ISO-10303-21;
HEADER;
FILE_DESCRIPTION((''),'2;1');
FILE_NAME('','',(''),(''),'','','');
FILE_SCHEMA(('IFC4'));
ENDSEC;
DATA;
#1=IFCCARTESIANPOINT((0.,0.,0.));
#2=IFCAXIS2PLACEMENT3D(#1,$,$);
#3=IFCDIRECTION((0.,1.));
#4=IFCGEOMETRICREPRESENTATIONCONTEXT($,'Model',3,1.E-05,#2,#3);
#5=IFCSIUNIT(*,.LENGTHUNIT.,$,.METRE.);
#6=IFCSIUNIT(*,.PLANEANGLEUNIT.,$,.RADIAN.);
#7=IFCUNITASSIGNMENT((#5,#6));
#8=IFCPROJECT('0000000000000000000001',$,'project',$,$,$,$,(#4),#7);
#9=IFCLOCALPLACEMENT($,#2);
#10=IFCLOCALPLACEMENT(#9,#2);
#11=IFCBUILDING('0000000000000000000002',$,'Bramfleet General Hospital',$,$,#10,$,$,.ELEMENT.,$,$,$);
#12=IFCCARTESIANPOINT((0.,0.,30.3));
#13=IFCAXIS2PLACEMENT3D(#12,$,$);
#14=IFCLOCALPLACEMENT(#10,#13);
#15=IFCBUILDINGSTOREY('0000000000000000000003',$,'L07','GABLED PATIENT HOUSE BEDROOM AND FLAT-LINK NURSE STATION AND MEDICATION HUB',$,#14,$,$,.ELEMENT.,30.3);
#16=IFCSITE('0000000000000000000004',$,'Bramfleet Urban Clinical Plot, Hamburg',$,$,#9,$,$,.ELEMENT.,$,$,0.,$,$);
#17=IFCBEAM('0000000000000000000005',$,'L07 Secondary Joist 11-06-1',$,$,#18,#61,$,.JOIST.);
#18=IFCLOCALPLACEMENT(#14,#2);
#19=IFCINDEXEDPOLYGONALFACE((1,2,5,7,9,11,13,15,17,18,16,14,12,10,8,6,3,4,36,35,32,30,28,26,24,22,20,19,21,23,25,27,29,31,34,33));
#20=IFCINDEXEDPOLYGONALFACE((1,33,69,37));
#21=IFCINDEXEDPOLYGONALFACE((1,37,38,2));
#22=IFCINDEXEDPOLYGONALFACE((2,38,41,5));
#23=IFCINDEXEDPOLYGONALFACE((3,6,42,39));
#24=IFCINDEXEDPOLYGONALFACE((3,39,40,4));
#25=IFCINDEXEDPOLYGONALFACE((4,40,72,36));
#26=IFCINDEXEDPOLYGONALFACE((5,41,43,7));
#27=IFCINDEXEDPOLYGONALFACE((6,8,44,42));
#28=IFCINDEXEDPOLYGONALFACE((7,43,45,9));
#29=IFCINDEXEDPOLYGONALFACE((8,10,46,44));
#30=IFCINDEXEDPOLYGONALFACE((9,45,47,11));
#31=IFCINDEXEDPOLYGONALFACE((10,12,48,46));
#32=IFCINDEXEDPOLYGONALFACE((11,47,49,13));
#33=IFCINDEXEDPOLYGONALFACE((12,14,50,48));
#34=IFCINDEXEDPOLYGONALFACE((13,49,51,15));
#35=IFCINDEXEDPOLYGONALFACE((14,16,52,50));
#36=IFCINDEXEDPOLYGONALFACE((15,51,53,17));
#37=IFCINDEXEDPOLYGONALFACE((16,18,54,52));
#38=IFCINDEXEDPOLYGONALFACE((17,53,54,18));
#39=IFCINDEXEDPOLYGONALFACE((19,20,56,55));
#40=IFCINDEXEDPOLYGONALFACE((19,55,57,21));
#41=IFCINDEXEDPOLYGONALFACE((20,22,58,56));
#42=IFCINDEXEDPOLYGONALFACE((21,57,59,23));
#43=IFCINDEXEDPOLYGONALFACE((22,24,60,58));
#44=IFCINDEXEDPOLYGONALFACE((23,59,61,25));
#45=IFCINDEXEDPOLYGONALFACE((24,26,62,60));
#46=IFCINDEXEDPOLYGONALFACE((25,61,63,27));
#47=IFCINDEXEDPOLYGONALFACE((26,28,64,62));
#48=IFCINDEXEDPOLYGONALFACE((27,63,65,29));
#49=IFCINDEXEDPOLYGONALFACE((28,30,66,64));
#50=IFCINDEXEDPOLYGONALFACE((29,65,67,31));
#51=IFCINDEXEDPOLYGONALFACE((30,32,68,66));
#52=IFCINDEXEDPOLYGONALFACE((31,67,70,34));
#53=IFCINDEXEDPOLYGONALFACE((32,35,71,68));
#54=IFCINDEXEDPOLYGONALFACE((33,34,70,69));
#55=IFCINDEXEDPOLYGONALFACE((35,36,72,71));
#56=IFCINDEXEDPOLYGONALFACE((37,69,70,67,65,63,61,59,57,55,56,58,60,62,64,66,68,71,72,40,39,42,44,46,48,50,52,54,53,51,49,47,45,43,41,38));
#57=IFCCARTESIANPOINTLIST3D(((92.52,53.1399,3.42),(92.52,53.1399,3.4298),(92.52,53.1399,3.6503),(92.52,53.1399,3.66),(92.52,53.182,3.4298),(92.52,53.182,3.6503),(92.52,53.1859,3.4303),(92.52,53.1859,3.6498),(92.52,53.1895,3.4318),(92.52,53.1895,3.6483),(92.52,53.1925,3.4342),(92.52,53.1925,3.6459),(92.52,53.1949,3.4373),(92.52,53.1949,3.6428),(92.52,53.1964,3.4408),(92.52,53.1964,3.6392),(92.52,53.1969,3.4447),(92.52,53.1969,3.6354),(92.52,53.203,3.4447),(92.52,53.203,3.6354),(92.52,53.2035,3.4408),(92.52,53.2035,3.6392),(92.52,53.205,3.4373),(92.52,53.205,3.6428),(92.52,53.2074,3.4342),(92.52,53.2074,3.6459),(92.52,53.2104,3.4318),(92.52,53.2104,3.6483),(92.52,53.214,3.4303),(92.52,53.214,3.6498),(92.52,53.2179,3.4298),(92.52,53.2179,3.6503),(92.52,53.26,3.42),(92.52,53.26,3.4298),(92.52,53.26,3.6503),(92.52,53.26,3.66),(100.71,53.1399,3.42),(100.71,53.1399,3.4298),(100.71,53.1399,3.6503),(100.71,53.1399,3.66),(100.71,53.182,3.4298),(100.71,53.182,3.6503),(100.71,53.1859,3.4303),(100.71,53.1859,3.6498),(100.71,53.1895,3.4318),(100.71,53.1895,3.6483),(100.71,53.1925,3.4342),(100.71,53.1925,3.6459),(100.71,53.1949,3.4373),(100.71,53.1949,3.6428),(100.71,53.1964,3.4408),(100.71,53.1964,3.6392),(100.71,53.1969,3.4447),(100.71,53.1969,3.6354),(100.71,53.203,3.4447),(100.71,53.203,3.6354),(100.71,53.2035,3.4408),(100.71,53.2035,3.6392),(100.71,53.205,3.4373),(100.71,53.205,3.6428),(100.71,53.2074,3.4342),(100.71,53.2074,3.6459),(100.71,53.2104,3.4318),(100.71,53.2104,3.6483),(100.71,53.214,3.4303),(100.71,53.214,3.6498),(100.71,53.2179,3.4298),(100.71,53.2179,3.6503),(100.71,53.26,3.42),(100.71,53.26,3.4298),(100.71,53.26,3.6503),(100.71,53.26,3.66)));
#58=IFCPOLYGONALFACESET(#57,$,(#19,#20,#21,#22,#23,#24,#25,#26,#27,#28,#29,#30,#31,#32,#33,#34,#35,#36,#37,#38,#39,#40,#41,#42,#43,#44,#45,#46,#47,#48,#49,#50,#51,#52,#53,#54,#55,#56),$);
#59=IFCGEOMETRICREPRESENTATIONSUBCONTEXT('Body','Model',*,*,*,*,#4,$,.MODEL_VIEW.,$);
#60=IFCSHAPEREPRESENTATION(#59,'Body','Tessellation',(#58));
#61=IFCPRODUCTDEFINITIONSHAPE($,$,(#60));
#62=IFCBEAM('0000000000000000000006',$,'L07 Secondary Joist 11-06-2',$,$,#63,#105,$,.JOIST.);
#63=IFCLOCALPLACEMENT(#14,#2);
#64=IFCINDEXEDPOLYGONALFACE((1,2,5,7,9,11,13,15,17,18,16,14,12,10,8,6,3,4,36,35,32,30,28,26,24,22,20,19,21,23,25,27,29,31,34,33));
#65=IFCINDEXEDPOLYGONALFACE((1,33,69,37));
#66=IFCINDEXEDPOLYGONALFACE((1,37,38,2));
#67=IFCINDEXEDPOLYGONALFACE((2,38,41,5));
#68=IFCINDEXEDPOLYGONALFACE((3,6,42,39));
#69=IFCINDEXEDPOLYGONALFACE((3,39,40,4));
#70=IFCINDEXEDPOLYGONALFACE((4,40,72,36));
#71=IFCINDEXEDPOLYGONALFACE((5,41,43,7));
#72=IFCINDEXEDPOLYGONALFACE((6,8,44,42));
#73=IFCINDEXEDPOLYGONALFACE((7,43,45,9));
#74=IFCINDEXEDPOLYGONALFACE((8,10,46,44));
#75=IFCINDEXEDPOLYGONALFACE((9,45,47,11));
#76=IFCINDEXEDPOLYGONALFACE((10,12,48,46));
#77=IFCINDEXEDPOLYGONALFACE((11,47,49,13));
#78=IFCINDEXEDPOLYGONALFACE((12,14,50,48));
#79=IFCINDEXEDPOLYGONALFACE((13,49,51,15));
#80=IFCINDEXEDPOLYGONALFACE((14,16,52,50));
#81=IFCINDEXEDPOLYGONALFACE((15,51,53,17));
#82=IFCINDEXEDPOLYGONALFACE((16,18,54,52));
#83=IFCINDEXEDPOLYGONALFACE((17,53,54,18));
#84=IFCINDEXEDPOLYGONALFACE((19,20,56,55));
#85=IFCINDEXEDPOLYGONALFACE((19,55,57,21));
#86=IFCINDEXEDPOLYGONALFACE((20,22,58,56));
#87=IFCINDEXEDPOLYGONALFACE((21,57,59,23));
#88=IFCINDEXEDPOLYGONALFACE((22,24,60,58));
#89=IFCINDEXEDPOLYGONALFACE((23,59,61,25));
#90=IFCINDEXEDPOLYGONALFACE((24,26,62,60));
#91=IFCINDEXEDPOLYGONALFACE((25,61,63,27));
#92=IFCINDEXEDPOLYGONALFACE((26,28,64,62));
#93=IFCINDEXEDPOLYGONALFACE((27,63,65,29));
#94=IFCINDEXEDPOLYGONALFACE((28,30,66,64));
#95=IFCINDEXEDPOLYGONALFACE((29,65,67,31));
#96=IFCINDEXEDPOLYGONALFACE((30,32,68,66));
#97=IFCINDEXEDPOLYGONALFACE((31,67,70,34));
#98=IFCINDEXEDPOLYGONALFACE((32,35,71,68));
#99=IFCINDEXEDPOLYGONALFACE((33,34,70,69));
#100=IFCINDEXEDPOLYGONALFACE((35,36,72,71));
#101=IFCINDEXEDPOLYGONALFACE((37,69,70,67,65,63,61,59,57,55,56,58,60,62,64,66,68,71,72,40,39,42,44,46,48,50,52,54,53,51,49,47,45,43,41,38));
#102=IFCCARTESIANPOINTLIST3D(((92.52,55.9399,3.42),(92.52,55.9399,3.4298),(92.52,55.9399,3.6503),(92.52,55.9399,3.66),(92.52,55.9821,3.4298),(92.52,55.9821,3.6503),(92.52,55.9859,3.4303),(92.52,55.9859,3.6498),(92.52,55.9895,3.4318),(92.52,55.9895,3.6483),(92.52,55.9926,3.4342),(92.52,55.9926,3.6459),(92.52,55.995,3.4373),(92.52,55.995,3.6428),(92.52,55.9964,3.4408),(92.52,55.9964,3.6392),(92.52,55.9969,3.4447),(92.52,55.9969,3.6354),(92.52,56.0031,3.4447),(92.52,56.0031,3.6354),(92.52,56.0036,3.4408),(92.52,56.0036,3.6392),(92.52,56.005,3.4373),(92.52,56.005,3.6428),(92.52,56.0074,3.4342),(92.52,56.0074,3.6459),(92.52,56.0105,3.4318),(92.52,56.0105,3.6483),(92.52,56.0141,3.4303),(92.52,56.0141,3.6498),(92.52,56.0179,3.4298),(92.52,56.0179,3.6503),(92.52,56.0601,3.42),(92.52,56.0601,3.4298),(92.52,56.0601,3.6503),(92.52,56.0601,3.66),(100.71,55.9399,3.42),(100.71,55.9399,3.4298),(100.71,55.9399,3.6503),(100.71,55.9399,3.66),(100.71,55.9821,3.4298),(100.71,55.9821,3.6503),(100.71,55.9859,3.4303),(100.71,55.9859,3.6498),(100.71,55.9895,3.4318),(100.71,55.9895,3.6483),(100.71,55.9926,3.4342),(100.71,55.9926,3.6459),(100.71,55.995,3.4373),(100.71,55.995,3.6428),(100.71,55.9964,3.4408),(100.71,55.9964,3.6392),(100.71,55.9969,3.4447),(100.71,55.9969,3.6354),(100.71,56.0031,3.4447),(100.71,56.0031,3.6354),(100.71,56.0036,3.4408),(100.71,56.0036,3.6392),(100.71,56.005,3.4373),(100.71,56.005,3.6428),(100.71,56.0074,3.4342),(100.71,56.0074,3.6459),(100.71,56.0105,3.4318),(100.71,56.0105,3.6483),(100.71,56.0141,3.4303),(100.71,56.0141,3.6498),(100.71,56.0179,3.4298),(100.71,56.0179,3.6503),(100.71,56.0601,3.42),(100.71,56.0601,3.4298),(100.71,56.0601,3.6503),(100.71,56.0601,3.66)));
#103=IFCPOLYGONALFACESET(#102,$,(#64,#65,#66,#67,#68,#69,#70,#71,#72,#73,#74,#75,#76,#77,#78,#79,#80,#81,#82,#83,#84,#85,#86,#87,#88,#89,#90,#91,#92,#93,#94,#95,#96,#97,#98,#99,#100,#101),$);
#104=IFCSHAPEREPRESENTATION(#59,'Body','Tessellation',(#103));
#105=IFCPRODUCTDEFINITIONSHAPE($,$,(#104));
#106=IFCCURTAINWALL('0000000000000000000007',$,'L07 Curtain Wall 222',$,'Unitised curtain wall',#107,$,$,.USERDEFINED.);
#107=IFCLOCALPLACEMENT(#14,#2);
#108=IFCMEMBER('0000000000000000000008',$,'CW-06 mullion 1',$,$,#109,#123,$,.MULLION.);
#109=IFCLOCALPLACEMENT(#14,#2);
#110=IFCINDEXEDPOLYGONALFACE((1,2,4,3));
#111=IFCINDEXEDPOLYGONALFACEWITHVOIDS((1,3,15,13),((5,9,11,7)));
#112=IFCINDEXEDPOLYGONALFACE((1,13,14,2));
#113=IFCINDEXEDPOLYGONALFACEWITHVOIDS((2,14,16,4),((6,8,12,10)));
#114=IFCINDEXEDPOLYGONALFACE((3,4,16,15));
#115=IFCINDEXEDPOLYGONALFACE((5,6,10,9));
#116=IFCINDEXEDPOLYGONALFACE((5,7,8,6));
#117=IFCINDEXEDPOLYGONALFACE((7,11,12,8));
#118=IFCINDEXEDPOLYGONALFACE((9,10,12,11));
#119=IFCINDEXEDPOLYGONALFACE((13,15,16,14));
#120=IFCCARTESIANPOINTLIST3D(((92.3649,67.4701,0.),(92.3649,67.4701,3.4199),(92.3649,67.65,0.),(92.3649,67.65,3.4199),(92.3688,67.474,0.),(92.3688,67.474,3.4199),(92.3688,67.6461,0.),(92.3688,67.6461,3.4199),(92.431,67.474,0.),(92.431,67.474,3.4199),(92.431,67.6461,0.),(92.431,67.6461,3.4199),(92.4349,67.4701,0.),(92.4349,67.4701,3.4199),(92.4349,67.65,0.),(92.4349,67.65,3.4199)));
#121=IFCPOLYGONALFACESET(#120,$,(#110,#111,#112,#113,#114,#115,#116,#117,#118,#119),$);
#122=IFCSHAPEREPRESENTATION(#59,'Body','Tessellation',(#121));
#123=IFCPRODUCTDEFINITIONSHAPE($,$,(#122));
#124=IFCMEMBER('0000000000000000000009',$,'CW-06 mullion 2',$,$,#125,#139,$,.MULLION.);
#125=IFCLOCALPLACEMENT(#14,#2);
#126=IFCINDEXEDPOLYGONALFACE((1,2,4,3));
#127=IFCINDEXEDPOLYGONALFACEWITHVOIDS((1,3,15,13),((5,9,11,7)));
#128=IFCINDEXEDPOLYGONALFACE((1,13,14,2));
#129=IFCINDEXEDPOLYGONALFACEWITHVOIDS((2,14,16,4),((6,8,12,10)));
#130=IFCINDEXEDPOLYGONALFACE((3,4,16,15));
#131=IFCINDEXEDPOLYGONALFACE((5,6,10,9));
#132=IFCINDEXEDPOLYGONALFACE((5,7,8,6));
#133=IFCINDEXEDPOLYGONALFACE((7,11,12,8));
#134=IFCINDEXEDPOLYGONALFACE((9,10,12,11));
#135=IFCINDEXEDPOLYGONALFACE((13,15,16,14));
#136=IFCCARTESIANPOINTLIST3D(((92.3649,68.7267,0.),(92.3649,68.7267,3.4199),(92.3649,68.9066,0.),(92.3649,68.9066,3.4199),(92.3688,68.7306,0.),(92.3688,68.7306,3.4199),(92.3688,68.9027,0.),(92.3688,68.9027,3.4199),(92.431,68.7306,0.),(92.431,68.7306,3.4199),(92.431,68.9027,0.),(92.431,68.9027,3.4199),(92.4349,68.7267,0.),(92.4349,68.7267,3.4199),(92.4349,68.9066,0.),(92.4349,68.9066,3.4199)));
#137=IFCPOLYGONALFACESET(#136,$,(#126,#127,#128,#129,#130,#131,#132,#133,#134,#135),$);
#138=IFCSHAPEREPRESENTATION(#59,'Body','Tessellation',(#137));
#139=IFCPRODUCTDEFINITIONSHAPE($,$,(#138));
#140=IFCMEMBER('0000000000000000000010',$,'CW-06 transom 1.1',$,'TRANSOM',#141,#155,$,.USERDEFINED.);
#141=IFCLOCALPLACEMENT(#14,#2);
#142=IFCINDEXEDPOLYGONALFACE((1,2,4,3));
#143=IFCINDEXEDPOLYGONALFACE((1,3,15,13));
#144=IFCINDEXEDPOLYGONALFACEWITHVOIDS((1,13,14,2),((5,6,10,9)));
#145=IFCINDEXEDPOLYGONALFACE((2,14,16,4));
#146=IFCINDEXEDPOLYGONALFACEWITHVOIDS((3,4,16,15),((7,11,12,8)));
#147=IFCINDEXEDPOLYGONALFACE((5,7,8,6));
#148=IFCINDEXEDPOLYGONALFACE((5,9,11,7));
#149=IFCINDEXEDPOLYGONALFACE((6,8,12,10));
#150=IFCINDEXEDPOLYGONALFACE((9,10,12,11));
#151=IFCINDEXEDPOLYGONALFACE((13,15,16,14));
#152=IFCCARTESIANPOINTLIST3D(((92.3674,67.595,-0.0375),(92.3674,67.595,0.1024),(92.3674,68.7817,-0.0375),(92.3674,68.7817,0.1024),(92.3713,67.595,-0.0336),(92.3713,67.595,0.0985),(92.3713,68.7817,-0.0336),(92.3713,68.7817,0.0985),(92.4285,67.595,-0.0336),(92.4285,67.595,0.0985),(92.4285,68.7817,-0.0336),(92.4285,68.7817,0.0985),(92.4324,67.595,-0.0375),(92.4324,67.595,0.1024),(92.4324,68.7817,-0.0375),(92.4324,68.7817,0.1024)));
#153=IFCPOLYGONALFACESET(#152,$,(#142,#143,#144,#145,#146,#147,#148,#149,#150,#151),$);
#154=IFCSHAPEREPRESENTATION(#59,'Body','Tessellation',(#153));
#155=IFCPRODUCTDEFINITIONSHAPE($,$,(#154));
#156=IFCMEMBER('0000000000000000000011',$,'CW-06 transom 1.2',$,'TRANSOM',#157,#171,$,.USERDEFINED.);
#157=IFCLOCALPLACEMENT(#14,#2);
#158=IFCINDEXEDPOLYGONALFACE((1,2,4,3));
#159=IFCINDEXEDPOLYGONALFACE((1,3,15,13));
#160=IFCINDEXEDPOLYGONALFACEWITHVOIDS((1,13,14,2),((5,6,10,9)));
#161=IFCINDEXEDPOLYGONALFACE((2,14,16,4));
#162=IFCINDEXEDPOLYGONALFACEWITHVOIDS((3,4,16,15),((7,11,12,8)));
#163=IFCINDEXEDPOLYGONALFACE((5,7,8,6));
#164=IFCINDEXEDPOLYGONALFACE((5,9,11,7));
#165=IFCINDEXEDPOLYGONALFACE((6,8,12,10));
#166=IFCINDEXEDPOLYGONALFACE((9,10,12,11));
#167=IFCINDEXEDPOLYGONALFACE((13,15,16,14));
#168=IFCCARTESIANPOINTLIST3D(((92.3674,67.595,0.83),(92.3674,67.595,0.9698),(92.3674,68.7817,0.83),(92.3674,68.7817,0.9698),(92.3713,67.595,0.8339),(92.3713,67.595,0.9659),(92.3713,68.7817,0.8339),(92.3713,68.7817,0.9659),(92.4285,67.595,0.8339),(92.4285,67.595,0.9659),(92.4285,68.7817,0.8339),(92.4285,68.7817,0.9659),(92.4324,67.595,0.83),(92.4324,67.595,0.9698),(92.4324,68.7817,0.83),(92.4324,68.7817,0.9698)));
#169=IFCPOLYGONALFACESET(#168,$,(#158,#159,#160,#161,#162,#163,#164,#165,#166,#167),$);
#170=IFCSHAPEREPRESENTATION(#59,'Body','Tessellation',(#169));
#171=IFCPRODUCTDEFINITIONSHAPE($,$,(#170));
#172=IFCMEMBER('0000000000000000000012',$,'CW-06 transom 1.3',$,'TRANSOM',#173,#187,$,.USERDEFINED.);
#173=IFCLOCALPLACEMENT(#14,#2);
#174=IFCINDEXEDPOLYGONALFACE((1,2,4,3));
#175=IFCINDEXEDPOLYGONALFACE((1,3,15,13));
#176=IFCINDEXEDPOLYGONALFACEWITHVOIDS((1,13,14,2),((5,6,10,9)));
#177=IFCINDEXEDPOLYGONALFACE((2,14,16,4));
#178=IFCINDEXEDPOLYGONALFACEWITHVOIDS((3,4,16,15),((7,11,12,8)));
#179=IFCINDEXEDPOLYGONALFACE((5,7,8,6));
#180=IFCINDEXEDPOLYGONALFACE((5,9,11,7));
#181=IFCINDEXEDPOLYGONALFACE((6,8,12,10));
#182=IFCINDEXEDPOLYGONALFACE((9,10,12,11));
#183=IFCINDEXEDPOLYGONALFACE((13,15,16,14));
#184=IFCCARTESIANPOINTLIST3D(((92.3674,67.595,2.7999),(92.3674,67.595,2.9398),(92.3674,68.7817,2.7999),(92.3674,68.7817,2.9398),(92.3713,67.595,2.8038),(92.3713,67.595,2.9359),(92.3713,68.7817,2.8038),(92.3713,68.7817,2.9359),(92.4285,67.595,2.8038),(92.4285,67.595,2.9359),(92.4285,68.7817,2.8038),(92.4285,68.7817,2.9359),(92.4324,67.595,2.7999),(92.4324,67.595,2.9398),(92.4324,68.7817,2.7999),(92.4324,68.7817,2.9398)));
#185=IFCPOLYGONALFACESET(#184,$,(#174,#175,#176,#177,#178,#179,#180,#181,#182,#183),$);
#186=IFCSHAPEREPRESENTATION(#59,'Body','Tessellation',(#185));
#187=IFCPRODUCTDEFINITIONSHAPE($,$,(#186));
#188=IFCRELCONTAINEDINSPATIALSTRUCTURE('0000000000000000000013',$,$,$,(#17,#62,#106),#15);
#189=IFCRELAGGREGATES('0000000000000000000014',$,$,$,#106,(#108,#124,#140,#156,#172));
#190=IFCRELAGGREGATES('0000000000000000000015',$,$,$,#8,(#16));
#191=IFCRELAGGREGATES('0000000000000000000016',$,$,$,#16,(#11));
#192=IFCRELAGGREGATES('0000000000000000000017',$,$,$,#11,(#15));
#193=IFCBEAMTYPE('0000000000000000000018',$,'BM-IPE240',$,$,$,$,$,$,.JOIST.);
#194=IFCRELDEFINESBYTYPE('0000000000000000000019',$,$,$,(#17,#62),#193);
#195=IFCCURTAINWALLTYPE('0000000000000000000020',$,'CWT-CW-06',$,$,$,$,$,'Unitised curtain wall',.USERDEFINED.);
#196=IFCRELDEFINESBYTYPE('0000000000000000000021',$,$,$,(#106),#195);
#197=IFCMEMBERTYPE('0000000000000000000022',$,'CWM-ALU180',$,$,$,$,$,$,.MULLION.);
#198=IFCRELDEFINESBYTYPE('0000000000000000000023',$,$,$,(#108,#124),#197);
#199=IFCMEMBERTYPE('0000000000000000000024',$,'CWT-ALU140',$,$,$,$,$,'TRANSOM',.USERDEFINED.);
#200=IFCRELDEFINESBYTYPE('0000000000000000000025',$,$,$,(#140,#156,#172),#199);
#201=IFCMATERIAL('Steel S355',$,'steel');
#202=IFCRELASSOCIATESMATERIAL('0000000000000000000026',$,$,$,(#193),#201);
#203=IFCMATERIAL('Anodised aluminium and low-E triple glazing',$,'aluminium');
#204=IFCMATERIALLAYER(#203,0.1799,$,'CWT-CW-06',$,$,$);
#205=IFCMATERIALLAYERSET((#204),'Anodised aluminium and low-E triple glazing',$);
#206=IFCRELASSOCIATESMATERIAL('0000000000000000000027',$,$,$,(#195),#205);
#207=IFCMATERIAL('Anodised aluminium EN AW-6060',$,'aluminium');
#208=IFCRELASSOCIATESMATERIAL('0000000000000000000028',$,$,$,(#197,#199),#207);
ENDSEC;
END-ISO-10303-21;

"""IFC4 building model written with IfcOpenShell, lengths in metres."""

from ifc_helpers import new_model, si_unit, direction, frame, origin, origin_2d, place, context, subcontext, project, spatial, hollow_rectangle, i_section, extrude, material, layer, layer_set, material_profile, profile_set, type_object, element, aggregate, save


model = new_model("IFC4")

# Units and contexts
model_context = context("Model", 3, precision=1e-05, world=origin(), true_north=direction((0.0, 1.0)))
body_context = subcontext(model_context, "Body", "Model", "MODEL_VIEW")
ifc_project = project(units=[si_unit("LENGTHUNIT", "METRE"), si_unit("PLANEANGLEUNIT", "RADIAN")], contexts=[model_context])

# Site, building, storey
site_placement = place(None, origin())
site = spatial("IfcSite", under=ifc_project, at=site_placement, Name="Bramfleet Urban Clinical Plot, Hamburg", CompositionType="ELEMENT", RefElevation=0.0)
building_placement = place(site_placement, origin())
building = spatial("IfcBuilding", under=site, at=building_placement, Name="Bramfleet General Hospital", CompositionType="ELEMENT")
storey_placement = place(building_placement, frame((0.0, 0.0, 30.3)))
storey = spatial("IfcBuildingStorey", under=building, at=storey_placement, Name="L07", Description="GABLED PATIENT HOUSE BEDROOM AND FLAT-LINK NURSE STATION AND MEDICATION HUB", CompositionType="ELEMENT", Elevation=30.3)

# Beams
ifc_material_1 = material(Name="Steel S355", Category="steel")
ifc_material_profile_1 = material_profile(ifc_material_1, i_section(OverallWidth=0.1201, OverallDepth=0.24, WebThickness=0.0061, FlangeThickness=0.0098, FilletRadius=0.0149, at=origin_2d()), Name="IPE 240")
ifc_profile_set_1 = profile_set([ifc_material_profile_1], Name="Steel S355")
beam_type_1 = type_object("IfcBeamType", Name="BM-IPE240", PredefinedType="JOIST", material=ifc_profile_set_1)
for number, where, z_axis, x_axis, name in (
    (1, (92.52, 53.2, 3.54), (1.0, 0.0, 0.0), (0.0, 1.0, 0.0), "L07 Secondary Joist 11-06-1"),
    (2, (92.52, 56.0, 3.54), (1.0, 0.0, 0.0), (0.0, 1.0, 0.0), "L07 Secondary Joist 11-06-2"),
):
    element("IfcBeam", number, at=place(storey_placement, frame(where, z_axis=z_axis, x_axis=x_axis)), inside=storey, type_object=beam_type_1, Name=name, PredefinedType="JOIST", context=body_context, shape_type="SweptSolid", body=[
        extrude(i_section(OverallWidth=0.1201, OverallDepth=0.24, WebThickness=0.0061, FlangeThickness=0.0098, FilletRadius=0.0149, at=origin_2d()), origin(), (0.0, 0.0, 1.0), 8.1899),
    ])

# Curtain wall, members
ifc_material_2 = material(Name="Anodised aluminium and low-E triple glazing", Category="aluminium")
ifc_layer_1 = layer(ifc_material_2, 0.1799, Name="CWT-CW-06")
ifc_layer_set_1 = layer_set([ifc_layer_1], Name="Anodised aluminium and low-E triple glazing")
curtain_wall_type = type_object("IfcCurtainWallType", Name="CWT-CW-06", ElementType="Unitised curtain wall", PredefinedType="USERDEFINED", material=ifc_layer_set_1)
curtain_wall_placement = place(storey_placement, origin())
curtain_wall = element("IfcCurtainWall", 3, at=curtain_wall_placement, inside=storey, type_object=curtain_wall_type, Name="L07 Curtain Wall 222", ObjectType="Unitised curtain wall", PredefinedType="USERDEFINED")
ifc_material_3 = material(Name="Anodised aluminium EN AW-6060", Category="aluminium")
ifc_material_profile_2 = material_profile(ifc_material_3, hollow_rectangle(XDim=0.0701, YDim=0.1799, WallThickness=0.0039, at=origin_2d()), Name="ALU 180x70x4.0")
ifc_profile_set_2 = profile_set([ifc_material_profile_2], Name="Anodised aluminium EN AW-6060")
member_type_1 = type_object("IfcMemberType", Name="CWM-ALU180", PredefinedType="MULLION", material=ifc_profile_set_2)
member_1_placement = place(storey_placement, frame((92.3999, 67.5601, 0.0), z_axis=(0.0, 0.0, 1.0), x_axis=(-1.0, 0.0, 0.0)))
member_1 = element("IfcMember", 4, at=member_1_placement, type_object=member_type_1, Name="CW-06 mullion 1", PredefinedType="MULLION", context=body_context, shape_type="SweptSolid", body=[
    extrude(hollow_rectangle(XDim=0.0701, YDim=0.1799, WallThickness=0.0039, at=origin_2d()), origin(), (0.0, 0.0, 1.0), 3.4199),
])
member_2_placement = place(storey_placement, frame((92.3999, 68.8167, 0.0), z_axis=(0.0, 0.0, 1.0), x_axis=(-1.0, 0.0, 0.0)))
member_2 = element("IfcMember", 5, at=member_2_placement, type_object=member_type_1, Name="CW-06 mullion 2", PredefinedType="MULLION", context=body_context, shape_type="SweptSolid", body=[
    extrude(hollow_rectangle(XDim=0.0701, YDim=0.1799, WallThickness=0.0039, at=origin_2d()), origin(), (0.0, 0.0, 1.0), 3.4199),
])
ifc_material_profile_3 = material_profile(ifc_material_3, hollow_rectangle(XDim=0.0649, YDim=0.1399, WallThickness=0.0039, at=origin_2d()), Name="ALU 140x65x4.0")
ifc_profile_set_3 = profile_set([ifc_material_profile_3], Name="Anodised aluminium EN AW-6060")
member_type_2 = type_object("IfcMemberType", Name="CWT-ALU140", ElementType="TRANSOM", PredefinedType="USERDEFINED", material=ifc_profile_set_3)
member_3_placement = place(storey_placement, frame((92.3999, 67.595, 0.0325), z_axis=(0.0, 1.0, 0.0), x_axis=(-1.0, 0.0, 0.0)))
member_3 = element("IfcMember", 6, at=member_3_placement, type_object=member_type_2, Name="CW-06 transom 1.1", ObjectType="TRANSOM", PredefinedType="USERDEFINED", context=body_context, shape_type="SweptSolid", body=[
    extrude(hollow_rectangle(XDim=0.0649, YDim=0.1399, WallThickness=0.0039, at=origin_2d()), origin(), (0.0, 0.0, 1.0), 1.1868),
])
member_4_placement = place(storey_placement, frame((92.3999, 67.595, 0.8999), z_axis=(0.0, 1.0, 0.0), x_axis=(-1.0, 0.0, 0.0)))
member_4 = element("IfcMember", 7, at=member_4_placement, type_object=member_type_2, Name="CW-06 transom 1.2", ObjectType="TRANSOM", PredefinedType="USERDEFINED", context=body_context, shape_type="SweptSolid", body=[
    extrude(hollow_rectangle(XDim=0.0649, YDim=0.1399, WallThickness=0.0039, at=origin_2d()), origin(), (0.0, 0.0, 1.0), 1.1868),
])
member_5_placement = place(storey_placement, frame((92.3999, 67.595, 2.8699), z_axis=(0.0, 1.0, 0.0), x_axis=(-1.0, 0.0, 0.0)))
member_5 = element("IfcMember", 8, at=member_5_placement, type_object=member_type_2, Name="CW-06 transom 1.3", ObjectType="TRANSOM", PredefinedType="USERDEFINED", context=body_context, shape_type="SweptSolid", body=[
    extrude(hollow_rectangle(XDim=0.0649, YDim=0.1399, WallThickness=0.0039, at=origin_2d()), origin(), (0.0, 0.0, 1.0), 1.1868),
])
aggregate(curtain_wall, [member_1, member_2, member_3, member_4, member_5])

save(model, "model.ifc")
